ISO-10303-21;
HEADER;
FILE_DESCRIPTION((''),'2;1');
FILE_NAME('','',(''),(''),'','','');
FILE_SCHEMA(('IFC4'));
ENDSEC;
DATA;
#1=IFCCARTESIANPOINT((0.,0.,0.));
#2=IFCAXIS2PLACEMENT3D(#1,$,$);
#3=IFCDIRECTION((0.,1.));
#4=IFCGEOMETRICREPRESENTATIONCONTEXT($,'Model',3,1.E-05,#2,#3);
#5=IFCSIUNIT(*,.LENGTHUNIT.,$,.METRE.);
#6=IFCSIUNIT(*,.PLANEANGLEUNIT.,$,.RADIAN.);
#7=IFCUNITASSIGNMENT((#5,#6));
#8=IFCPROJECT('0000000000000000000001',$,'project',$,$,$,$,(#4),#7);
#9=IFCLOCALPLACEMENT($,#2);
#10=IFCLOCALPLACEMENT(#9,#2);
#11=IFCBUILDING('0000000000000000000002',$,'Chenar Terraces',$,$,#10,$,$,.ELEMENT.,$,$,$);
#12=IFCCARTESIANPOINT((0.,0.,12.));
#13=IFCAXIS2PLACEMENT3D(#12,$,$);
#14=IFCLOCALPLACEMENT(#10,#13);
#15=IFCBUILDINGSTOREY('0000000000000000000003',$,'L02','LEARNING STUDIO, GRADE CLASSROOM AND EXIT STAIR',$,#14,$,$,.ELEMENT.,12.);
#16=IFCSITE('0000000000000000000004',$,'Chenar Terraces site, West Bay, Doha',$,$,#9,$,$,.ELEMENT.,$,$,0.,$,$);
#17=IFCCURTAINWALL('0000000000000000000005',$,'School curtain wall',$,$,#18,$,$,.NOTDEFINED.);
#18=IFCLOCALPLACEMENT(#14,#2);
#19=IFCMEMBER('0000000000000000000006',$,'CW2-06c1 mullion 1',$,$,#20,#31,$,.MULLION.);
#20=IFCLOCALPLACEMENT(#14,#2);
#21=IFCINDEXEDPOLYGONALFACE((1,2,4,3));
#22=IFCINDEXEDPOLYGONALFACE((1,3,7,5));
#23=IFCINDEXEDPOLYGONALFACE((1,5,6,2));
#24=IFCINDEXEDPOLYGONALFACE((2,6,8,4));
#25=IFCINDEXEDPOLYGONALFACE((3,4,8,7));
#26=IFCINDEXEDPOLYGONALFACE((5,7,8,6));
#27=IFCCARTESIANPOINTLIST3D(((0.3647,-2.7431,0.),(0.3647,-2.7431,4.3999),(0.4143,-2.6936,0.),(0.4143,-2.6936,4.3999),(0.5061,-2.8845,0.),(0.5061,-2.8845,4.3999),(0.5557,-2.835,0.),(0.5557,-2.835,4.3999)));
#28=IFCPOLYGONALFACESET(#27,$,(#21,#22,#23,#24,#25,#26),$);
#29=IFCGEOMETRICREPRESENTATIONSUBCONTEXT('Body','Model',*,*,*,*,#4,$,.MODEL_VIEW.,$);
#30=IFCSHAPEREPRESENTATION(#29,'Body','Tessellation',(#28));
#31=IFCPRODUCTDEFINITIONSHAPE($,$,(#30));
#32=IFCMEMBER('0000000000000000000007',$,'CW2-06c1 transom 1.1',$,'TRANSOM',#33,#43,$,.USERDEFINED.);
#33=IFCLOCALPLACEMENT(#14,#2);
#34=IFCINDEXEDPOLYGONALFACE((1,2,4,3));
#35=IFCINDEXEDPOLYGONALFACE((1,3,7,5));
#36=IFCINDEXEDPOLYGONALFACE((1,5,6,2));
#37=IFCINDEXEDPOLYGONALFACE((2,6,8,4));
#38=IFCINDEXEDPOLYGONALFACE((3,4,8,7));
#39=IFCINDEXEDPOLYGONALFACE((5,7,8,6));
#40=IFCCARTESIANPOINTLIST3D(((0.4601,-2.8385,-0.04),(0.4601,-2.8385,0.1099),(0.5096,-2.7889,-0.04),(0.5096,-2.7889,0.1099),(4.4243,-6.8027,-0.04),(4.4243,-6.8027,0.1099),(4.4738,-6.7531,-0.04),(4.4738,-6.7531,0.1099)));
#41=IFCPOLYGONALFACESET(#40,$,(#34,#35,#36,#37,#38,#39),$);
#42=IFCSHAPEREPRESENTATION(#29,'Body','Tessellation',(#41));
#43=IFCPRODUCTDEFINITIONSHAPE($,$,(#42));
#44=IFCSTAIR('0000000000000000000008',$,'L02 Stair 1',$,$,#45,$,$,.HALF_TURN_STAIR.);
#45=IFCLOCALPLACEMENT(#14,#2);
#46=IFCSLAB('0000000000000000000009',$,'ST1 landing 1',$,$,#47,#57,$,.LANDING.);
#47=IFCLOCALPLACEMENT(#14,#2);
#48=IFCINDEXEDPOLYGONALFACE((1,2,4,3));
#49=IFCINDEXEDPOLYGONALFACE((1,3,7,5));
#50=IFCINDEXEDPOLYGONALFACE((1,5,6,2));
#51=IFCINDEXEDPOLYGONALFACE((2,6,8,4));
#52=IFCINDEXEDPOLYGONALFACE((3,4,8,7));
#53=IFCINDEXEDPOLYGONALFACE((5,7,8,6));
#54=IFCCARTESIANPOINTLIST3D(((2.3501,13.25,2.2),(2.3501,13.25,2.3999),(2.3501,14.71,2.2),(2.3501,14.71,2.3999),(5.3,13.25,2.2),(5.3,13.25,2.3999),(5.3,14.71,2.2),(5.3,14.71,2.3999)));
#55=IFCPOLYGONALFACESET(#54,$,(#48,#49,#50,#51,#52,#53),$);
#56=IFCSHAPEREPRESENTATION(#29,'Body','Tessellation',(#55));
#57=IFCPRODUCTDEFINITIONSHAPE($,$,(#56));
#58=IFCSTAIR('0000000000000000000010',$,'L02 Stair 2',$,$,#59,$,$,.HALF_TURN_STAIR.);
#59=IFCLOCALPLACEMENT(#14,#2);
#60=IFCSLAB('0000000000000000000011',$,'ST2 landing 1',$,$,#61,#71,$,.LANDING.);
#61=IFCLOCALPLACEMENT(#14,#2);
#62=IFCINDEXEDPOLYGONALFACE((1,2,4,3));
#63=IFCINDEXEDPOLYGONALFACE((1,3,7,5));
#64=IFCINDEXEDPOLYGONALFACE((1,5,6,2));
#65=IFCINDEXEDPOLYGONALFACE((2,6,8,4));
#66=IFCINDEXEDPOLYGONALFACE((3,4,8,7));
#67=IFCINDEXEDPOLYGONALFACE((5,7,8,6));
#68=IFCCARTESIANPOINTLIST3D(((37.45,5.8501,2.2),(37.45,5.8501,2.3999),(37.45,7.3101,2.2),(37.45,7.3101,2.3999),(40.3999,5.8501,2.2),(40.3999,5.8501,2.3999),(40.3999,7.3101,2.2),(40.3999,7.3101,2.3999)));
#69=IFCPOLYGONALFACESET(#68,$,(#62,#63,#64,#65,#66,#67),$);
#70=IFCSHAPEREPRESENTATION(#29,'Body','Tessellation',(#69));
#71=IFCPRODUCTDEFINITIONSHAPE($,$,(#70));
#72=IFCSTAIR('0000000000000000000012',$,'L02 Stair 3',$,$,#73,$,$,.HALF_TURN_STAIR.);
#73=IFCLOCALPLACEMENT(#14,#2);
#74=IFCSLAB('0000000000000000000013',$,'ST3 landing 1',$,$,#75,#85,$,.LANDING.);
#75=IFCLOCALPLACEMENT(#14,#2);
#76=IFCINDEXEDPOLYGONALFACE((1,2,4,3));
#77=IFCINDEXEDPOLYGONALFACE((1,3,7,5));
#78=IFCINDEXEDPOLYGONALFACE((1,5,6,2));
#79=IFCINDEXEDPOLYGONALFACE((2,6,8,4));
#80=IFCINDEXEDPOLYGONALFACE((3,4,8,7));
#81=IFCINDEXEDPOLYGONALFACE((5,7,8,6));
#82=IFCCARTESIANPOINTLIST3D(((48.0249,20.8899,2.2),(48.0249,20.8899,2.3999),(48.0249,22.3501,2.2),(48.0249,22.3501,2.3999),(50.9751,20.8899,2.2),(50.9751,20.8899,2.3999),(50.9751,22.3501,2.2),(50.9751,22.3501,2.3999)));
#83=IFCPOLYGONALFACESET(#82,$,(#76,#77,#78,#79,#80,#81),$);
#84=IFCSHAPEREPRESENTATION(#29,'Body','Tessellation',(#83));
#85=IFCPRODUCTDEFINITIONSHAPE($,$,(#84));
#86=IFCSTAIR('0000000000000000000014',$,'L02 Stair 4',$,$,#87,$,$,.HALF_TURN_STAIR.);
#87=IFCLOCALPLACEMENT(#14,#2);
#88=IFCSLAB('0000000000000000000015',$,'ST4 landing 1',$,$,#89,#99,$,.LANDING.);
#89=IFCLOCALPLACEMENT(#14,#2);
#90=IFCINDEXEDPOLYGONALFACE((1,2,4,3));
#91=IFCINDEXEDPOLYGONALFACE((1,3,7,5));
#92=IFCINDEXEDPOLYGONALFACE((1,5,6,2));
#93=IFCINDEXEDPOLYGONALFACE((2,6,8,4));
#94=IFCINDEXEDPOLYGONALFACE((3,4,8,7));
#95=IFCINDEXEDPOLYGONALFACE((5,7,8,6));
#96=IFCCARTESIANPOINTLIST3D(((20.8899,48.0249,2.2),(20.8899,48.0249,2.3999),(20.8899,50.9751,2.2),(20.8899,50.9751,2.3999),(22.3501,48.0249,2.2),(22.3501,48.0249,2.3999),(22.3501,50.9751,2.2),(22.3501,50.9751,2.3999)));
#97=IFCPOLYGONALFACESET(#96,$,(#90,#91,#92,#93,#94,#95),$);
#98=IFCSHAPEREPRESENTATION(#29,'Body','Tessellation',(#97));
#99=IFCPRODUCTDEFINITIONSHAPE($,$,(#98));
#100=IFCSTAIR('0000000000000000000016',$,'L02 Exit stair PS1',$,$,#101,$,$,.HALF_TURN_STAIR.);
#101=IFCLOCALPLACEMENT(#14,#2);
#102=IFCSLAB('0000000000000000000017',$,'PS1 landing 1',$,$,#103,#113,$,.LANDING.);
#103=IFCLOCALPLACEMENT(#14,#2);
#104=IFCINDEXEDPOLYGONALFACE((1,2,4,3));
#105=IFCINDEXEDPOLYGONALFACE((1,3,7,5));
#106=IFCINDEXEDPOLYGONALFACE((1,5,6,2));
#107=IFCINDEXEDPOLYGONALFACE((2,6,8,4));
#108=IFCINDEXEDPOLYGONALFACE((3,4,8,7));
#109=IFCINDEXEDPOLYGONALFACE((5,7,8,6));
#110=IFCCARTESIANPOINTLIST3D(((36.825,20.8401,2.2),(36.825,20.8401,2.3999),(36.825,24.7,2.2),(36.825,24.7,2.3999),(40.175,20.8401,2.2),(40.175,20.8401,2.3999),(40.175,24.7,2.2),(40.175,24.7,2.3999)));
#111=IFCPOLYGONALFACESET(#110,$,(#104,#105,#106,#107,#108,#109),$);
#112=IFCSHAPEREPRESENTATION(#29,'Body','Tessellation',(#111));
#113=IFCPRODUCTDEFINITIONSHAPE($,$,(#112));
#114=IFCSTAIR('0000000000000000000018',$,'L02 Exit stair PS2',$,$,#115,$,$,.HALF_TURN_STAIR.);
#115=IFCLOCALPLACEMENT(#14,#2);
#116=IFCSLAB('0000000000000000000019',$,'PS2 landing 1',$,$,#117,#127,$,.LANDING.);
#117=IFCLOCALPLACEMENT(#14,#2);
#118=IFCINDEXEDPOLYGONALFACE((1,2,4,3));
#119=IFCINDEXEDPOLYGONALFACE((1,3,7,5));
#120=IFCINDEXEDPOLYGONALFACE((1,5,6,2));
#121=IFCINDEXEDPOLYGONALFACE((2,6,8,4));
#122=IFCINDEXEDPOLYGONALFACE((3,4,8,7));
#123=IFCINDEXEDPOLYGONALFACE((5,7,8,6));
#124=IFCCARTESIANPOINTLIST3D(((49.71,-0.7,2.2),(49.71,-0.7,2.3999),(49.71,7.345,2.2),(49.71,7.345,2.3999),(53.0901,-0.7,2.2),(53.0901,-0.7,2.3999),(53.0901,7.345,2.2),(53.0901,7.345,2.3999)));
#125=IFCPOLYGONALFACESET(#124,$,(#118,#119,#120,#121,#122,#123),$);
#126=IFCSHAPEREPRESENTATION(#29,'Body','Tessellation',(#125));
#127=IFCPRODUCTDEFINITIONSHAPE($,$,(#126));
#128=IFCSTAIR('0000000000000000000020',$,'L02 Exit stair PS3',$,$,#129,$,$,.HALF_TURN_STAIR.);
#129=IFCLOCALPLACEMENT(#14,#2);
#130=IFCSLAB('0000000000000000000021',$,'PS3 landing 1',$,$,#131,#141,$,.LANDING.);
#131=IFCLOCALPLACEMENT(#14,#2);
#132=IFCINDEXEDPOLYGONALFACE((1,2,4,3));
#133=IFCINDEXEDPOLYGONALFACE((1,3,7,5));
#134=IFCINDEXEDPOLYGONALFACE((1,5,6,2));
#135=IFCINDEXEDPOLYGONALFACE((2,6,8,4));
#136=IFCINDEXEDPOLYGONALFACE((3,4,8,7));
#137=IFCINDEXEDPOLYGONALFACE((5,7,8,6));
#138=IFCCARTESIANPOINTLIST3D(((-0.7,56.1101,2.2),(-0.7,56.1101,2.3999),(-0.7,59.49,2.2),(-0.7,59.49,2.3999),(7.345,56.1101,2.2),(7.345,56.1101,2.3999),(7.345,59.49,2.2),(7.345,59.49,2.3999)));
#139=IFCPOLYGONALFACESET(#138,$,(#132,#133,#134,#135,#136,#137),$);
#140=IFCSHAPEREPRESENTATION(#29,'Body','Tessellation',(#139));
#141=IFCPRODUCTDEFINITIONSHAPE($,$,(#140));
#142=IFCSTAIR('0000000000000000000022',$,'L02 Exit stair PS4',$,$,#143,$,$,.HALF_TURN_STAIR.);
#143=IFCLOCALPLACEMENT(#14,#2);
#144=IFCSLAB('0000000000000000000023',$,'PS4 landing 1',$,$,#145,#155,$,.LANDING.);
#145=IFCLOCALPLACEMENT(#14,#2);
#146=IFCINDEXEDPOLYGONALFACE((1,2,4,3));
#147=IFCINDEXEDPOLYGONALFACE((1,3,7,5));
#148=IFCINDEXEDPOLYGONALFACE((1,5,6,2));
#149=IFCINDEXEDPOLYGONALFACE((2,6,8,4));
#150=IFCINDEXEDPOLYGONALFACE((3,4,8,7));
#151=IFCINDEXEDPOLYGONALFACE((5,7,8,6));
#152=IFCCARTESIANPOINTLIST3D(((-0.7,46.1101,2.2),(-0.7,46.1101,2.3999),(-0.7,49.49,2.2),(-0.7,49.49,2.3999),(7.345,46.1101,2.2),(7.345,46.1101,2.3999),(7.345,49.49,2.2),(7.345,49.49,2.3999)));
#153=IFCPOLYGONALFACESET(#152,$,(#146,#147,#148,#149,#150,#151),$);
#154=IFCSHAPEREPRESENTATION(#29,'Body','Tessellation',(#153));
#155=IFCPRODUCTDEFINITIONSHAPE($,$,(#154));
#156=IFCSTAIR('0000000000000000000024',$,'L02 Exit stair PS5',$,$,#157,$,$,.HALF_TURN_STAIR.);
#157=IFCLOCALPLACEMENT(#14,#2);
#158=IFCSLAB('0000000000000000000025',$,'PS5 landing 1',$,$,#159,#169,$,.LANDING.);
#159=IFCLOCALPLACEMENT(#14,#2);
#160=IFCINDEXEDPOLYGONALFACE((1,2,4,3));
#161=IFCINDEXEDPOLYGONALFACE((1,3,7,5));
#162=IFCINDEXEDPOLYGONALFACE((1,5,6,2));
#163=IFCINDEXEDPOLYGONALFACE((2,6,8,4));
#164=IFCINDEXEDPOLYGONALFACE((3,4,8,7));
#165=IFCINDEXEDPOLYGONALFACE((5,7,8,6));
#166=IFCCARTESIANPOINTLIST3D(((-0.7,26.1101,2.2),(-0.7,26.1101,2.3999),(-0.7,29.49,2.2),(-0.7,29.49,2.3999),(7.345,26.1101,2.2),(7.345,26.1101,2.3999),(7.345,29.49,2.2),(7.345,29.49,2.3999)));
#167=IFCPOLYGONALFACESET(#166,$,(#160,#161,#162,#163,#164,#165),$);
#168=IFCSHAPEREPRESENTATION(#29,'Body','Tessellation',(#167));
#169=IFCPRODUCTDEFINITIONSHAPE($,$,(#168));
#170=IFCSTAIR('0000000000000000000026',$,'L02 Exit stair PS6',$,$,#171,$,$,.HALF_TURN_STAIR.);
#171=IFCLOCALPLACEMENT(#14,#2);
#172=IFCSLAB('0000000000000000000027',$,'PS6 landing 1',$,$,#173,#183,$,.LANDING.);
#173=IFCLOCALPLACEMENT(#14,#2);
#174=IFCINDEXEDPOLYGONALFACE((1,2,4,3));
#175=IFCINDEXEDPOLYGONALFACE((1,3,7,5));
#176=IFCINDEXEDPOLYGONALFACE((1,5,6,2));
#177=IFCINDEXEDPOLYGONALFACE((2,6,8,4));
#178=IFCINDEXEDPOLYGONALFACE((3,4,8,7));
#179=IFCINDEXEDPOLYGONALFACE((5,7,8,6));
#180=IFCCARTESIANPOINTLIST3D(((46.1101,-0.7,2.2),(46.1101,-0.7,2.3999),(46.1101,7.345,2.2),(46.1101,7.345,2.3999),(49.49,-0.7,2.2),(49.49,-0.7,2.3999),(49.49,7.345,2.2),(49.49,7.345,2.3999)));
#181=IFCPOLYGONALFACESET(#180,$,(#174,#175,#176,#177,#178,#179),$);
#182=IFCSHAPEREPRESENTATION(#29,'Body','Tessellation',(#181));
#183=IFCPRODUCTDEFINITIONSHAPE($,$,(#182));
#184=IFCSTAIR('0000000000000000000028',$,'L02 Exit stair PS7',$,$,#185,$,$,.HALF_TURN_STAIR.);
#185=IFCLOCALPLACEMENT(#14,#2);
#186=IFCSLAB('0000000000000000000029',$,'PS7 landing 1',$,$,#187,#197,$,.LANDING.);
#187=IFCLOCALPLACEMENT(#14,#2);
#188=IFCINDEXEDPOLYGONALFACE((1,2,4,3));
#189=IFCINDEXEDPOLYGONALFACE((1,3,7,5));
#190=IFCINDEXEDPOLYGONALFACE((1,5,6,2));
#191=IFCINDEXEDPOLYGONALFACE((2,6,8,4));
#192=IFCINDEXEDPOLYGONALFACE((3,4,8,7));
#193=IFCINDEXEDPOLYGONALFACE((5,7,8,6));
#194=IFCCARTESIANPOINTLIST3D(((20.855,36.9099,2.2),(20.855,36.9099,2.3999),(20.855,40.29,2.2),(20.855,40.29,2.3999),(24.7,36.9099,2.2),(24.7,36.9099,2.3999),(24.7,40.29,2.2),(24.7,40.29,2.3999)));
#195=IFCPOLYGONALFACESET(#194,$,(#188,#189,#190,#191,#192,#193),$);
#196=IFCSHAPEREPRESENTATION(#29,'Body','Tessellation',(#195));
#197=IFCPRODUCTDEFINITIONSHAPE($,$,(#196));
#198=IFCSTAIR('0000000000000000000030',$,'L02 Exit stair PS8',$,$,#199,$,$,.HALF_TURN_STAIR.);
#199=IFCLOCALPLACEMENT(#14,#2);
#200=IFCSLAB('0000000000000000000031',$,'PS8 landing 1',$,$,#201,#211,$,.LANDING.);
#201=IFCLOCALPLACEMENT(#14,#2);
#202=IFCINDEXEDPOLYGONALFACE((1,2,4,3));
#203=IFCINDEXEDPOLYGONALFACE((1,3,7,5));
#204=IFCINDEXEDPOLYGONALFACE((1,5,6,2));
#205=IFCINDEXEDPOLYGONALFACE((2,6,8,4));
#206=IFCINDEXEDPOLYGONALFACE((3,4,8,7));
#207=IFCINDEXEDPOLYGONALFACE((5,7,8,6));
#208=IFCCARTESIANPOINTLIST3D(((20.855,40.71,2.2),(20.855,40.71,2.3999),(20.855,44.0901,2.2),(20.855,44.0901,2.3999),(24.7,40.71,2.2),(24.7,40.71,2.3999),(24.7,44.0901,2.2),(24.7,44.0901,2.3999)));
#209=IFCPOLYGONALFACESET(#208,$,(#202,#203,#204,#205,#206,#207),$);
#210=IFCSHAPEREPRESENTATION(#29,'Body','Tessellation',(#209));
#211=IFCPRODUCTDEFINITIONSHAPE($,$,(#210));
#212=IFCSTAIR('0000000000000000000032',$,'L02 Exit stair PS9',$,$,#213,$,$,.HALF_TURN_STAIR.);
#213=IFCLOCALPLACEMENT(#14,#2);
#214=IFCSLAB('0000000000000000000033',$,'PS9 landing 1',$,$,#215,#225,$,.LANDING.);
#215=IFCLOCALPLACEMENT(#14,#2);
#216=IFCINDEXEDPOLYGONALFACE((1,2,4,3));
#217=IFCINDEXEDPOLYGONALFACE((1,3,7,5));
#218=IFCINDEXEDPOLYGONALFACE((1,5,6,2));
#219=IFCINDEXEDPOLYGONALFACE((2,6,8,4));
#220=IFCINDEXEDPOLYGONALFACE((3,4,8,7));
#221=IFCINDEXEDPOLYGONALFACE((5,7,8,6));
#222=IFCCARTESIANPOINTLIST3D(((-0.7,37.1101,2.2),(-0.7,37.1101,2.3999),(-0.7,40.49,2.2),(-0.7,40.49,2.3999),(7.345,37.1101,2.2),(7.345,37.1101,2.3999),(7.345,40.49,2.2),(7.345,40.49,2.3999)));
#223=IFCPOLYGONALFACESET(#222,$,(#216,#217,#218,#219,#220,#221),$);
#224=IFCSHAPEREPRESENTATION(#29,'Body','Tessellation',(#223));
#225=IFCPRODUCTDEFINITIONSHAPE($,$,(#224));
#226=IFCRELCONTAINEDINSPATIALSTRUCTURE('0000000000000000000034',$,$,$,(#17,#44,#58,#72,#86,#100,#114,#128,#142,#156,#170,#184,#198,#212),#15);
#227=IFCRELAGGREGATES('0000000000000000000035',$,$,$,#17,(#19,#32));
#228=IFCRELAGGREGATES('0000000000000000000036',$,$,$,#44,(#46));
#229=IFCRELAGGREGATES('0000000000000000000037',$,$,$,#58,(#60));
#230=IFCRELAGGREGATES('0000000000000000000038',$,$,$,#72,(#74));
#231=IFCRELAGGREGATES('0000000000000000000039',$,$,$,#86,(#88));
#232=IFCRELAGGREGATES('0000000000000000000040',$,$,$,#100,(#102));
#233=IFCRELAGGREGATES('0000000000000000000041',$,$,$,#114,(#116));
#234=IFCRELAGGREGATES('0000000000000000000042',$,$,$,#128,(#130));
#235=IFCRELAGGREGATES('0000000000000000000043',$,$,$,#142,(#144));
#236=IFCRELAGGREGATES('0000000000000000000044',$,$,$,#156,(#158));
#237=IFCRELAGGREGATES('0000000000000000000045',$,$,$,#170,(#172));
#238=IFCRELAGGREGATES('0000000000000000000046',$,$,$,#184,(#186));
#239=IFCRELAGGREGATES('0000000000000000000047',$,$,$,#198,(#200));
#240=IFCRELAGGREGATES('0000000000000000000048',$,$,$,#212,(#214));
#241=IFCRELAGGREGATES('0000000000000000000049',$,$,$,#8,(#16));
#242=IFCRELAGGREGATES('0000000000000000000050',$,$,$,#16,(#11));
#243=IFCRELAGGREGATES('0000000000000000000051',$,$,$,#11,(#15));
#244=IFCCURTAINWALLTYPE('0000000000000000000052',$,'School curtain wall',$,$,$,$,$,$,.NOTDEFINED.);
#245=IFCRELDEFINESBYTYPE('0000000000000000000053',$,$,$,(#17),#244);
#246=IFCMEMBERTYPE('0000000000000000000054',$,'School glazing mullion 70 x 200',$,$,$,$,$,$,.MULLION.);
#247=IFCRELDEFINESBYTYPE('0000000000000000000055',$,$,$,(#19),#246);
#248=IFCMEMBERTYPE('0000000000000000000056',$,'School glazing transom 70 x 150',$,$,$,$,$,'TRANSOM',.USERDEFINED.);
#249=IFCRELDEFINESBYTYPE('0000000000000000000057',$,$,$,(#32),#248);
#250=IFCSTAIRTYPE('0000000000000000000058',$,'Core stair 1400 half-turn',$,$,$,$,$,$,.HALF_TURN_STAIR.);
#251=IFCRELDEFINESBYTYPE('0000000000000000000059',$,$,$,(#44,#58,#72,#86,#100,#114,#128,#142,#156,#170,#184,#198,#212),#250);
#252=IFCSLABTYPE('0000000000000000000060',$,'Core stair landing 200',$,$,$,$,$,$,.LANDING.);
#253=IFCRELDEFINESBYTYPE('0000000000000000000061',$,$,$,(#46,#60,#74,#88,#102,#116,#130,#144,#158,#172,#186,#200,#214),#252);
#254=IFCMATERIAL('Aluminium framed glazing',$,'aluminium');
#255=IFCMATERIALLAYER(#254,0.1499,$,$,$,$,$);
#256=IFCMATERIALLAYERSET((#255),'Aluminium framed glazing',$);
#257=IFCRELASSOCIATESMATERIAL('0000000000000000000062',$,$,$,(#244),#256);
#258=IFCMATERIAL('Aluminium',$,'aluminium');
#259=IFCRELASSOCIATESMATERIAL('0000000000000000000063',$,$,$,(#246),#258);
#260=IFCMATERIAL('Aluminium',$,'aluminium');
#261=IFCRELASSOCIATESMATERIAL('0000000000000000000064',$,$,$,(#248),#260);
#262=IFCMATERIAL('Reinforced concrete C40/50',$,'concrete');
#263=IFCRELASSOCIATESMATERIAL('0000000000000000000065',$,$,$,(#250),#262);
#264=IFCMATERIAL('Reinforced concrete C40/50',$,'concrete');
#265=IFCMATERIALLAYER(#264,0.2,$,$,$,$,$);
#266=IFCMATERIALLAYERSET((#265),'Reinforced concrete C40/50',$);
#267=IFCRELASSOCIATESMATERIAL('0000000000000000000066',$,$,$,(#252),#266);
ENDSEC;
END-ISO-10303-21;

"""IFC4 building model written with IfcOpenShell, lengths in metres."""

from ifc_helpers import new_model, si_unit, direction, frame, origin, origin_2d, place, context, subcontext, project, spatial, polyline, rectangle, outline, extrude, material, layer, layer_set, material_profile, profile_set, type_object, element, aggregate, save


model = new_model("IFC4")

# Units and contexts
model_context = context("Model", 3, precision=1e-05, world=origin(), true_north=direction((0.0, 1.0)))
body_context = subcontext(model_context, "Body", "Model", "MODEL_VIEW")
ifc_project = project(units=[si_unit("LENGTHUNIT", "METRE"), si_unit("PLANEANGLEUNIT", "RADIAN")], contexts=[model_context])

# Site, building, storey
site_placement = place(None, origin())
site = spatial("IfcSite", under=ifc_project, at=site_placement, Name="Chenar Terraces site, West Bay, Doha", CompositionType="ELEMENT", RefElevation=0.0)
building_placement = place(site_placement, origin())
building = spatial("IfcBuilding", under=site, at=building_placement, Name="Chenar Terraces", CompositionType="ELEMENT")
storey_placement = place(building_placement, frame((0.0, 0.0, 12.0)))
storey = spatial("IfcBuildingStorey", under=building, at=storey_placement, Name="L02", Description="LEARNING STUDIO, GRADE CLASSROOM AND EXIT STAIR", CompositionType="ELEMENT", Elevation=12.0)

# Curtain wall, members
ifc_material_1 = material(Name="Aluminium framed glazing", Category="aluminium")
ifc_layer_1 = layer(ifc_material_1, 0.1499)
ifc_layer_set_1 = layer_set([ifc_layer_1], Name="Aluminium framed glazing")
curtain_wall_type = type_object("IfcCurtainWallType", Name="School curtain wall", PredefinedType="NOTDEFINED", material=ifc_layer_set_1)
placement_1 = place(storey_placement, origin())
curtain_wall = element("IfcCurtainWall", 1, at=placement_1, inside=storey, type_object=curtain_wall_type, Name="School curtain wall", PredefinedType="NOTDEFINED")
ifc_material_2 = material(Name="Aluminium", Category="aluminium")
ifc_material_profile_1 = material_profile(ifc_material_2, rectangle(XDim=0.0701, YDim=0.2, at=origin_2d()), Name="School glazing mullion 70 x 200")
ifc_profile_set_1 = profile_set([ifc_material_profile_1], Name="Aluminium")
member_type_1 = type_object("IfcMemberType", Name="School glazing mullion 70 x 200", PredefinedType="MULLION", material=ifc_profile_set_1)
member_1_placement = place(storey_placement, frame((0.4602, -2.7891, 0.0), z_axis=(0.0, 0.0, 1.0), x_axis=(0.707107, 0.707107, 0.0)))
member_1 = element("IfcMember", 2, at=member_1_placement, type_object=member_type_1, Name="CW2-06c1 mullion 1", PredefinedType="MULLION", context=body_context, shape_type="SweptSolid", body=[
    extrude(rectangle(XDim=0.0701, YDim=0.2, at=origin_2d()), origin(), (0.0, 0.0, 1.0), 4.3999),
])
ifc_material_3 = material(Name="Aluminium", Category="aluminium")
ifc_material_profile_2 = material_profile(ifc_material_3, rectangle(XDim=0.0701, YDim=0.1499, at=origin_2d()), Name="School glazing transom 70 x 150")
ifc_profile_set_2 = profile_set([ifc_material_profile_2], Name="Aluminium")
member_type_2 = type_object("IfcMemberType", Name="School glazing transom 70 x 150", ElementType="TRANSOM", PredefinedType="USERDEFINED", material=ifc_profile_set_2)
member_2_placement = place(storey_placement, frame((0.4849, -2.8137, 0.0349), z_axis=(0.707107, -0.707107, 0.0), x_axis=(0.707107, 0.707107, 0.0)))
member_2 = element("IfcMember", 3, at=member_2_placement, type_object=member_type_2, Name="CW2-06c1 transom 1.1", ObjectType="TRANSOM", PredefinedType="USERDEFINED", context=body_context, shape_type="SweptSolid", body=[
    extrude(rectangle(XDim=0.0701, YDim=0.1499, at=origin_2d()), origin(), (0.0, 0.0, 1.0), 5.6062),
])
aggregate(curtain_wall, [member_1, member_2])

# Stairs, slabs
ifc_material_4 = material(Name="Reinforced concrete C40/50", Category="concrete")
stair_type = type_object("IfcStairType", Name="Core stair 1400 half-turn", PredefinedType="HALF_TURN_STAIR", material=ifc_material_4)
stair_1 = element("IfcStair", 4, at=placement_1, inside=storey, type_object=stair_type, Name="L02 Stair 1", PredefinedType="HALF_TURN_STAIR")
ifc_material_5 = material(Name="Reinforced concrete C40/50", Category="concrete")
ifc_layer_2 = layer(ifc_material_5, 0.2)
ifc_layer_set_2 = layer_set([ifc_layer_2], Name="Reinforced concrete C40/50")
slab_type_1 = type_object("IfcSlabType", Name="Core stair landing 200", PredefinedType="LANDING", material=ifc_layer_set_2)
placement_2 = place(storey_placement, frame((0.0, 0.0, 2.2)))
slab_1 = element("IfcSlab", 5, at=placement_2, type_object=slab_type_1, Name="ST1 landing 1", PredefinedType="LANDING", context=body_context, shape_type="SweptSolid", body=[
    extrude(outline(polyline([(2.3501, 14.71), (2.3501, 13.25), (5.3, 13.25), (5.3, 14.71), (2.3501, 14.71)])), origin(), (0.0, 0.0, 1.0), 0.2),
])
aggregate(stair_1, [slab_1])
stair_2 = element("IfcStair", 6, at=placement_1, inside=storey, type_object=stair_type, Name="L02 Stair 2", PredefinedType="HALF_TURN_STAIR")
slab_2 = element("IfcSlab", 7, at=placement_2, type_object=slab_type_1, Name="ST2 landing 1", PredefinedType="LANDING", context=body_context, shape_type="SweptSolid", body=[
    extrude(outline(polyline([(37.45, 7.3101), (37.45, 5.8501), (40.3999, 5.8501), (40.3999, 7.3101), (37.45, 7.3101)])), origin(), (0.0, 0.0, 1.0), 0.2),
])
aggregate(stair_2, [slab_2])
stair_3 = element("IfcStair", 8, at=placement_1, inside=storey, type_object=stair_type, Name="L02 Stair 3", PredefinedType="HALF_TURN_STAIR")
slab_3 = element("IfcSlab", 9, at=placement_2, type_object=slab_type_1, Name="ST3 landing 1", PredefinedType="LANDING", context=body_context, shape_type="SweptSolid", body=[
    extrude(outline(polyline([(50.9751, 20.8899), (50.9751, 22.3501), (48.0249, 22.3501), (48.0249, 20.8899), (50.9751, 20.8899)])), origin(), (0.0, 0.0, 1.0), 0.2),
])
aggregate(stair_3, [slab_3])
stair_4 = element("IfcStair", 10, at=placement_1, inside=storey, type_object=stair_type, Name="L02 Stair 4", PredefinedType="HALF_TURN_STAIR")
slab_4 = element("IfcSlab", 11, at=placement_2, type_object=slab_type_1, Name="ST4 landing 1", PredefinedType="LANDING", context=body_context, shape_type="SweptSolid", body=[
    extrude(outline(polyline([(20.8899, 48.0249), (22.3501, 48.0249), (22.3501, 50.9751), (20.8899, 50.9751), (20.8899, 48.0249)])), origin(), (0.0, 0.0, 1.0), 0.2),
])
aggregate(stair_4, [slab_4])
stair_5 = element("IfcStair", 12, at=placement_1, inside=storey, type_object=stair_type, Name="L02 Exit stair PS1", PredefinedType="HALF_TURN_STAIR")
slab_5 = element("IfcSlab", 13, at=placement_2, type_object=slab_type_1, Name="PS1 landing 1", PredefinedType="LANDING", context=body_context, shape_type="SweptSolid", body=[
    extrude(outline(polyline([(40.175, 20.8401), (40.175, 24.7), (36.825, 24.7), (36.825, 20.8401), (40.175, 20.8401)])), origin(), (0.0, 0.0, 1.0), 0.2),
])
aggregate(stair_5, [slab_5])
stair_6 = element("IfcStair", 14, at=placement_1, inside=storey, type_object=stair_type, Name="L02 Exit stair PS2", PredefinedType="HALF_TURN_STAIR")
slab_6 = element("IfcSlab", 15, at=placement_2, type_object=slab_type_1, Name="PS2 landing 1", PredefinedType="LANDING", context=body_context, shape_type="SweptSolid", body=[
    extrude(outline(polyline([(49.71, 7.345), (49.71, -0.7), (53.0901, -0.7), (53.0901, 7.345), (49.71, 7.345)])), origin(), (0.0, 0.0, 1.0), 0.2),
])
aggregate(stair_6, [slab_6])
stair_7 = element("IfcStair", 16, at=placement_1, inside=storey, type_object=stair_type, Name="L02 Exit stair PS3", PredefinedType="HALF_TURN_STAIR")
slab_7 = element("IfcSlab", 17, at=placement_2, type_object=slab_type_1, Name="PS3 landing 1", PredefinedType="LANDING", context=body_context, shape_type="SweptSolid", body=[
    extrude(outline(polyline([(7.345, 59.49), (-0.7, 59.49), (-0.7, 56.1101), (7.345, 56.1101), (7.345, 59.49)])), origin(), (0.0, 0.0, 1.0), 0.2),
])
aggregate(stair_7, [slab_7])
stair_8 = element("IfcStair", 18, at=placement_1, inside=storey, type_object=stair_type, Name="L02 Exit stair PS4", PredefinedType="HALF_TURN_STAIR")
slab_8 = element("IfcSlab", 19, at=placement_2, type_object=slab_type_1, Name="PS4 landing 1", PredefinedType="LANDING", context=body_context, shape_type="SweptSolid", body=[
    extrude(outline(polyline([(7.345, 49.49), (-0.7, 49.49), (-0.7, 46.1101), (7.345, 46.1101), (7.345, 49.49)])), origin(), (0.0, 0.0, 1.0), 0.2),
])
aggregate(stair_8, [slab_8])
stair_9 = element("IfcStair", 20, at=placement_1, inside=storey, type_object=stair_type, Name="L02 Exit stair PS5", PredefinedType="HALF_TURN_STAIR")
slab_9 = element("IfcSlab", 21, at=placement_2, type_object=slab_type_1, Name="PS5 landing 1", PredefinedType="LANDING", context=body_context, shape_type="SweptSolid", body=[
    extrude(outline(polyline([(7.345, 29.49), (-0.7, 29.49), (-0.7, 26.1101), (7.345, 26.1101), (7.345, 29.49)])), origin(), (0.0, 0.0, 1.0), 0.2),
])
aggregate(stair_9, [slab_9])
stair_10 = element("IfcStair", 22, at=placement_1, inside=storey, type_object=stair_type, Name="L02 Exit stair PS6", PredefinedType="HALF_TURN_STAIR")
slab_10 = element("IfcSlab", 23, at=placement_2, type_object=slab_type_1, Name="PS6 landing 1", PredefinedType="LANDING", context=body_context, shape_type="SweptSolid", body=[
    extrude(outline(polyline([(46.1101, 7.345), (46.1101, -0.7), (49.49, -0.7), (49.49, 7.345), (46.1101, 7.345)])), origin(), (0.0, 0.0, 1.0), 0.2),
])
aggregate(stair_10, [slab_10])
stair_11 = element("IfcStair", 24, at=placement_1, inside=storey, type_object=stair_type, Name="L02 Exit stair PS7", PredefinedType="HALF_TURN_STAIR")
slab_11 = element("IfcSlab", 25, at=placement_2, type_object=slab_type_1, Name="PS7 landing 1", PredefinedType="LANDING", context=body_context, shape_type="SweptSolid", body=[
    extrude(outline(polyline([(20.855, 36.9099), (24.7, 36.9099), (24.7, 40.29), (20.855, 40.29), (20.855, 36.9099)])), origin(), (0.0, 0.0, 1.0), 0.2),
])
aggregate(stair_11, [slab_11])
stair_12 = element("IfcStair", 26, at=placement_1, inside=storey, type_object=stair_type, Name="L02 Exit stair PS8", PredefinedType="HALF_TURN_STAIR")
slab_12 = element("IfcSlab", 27, at=placement_2, type_object=slab_type_1, Name="PS8 landing 1", PredefinedType="LANDING", context=body_context, shape_type="SweptSolid", body=[
    extrude(outline(polyline([(20.855, 40.71), (24.7, 40.71), (24.7, 44.0901), (20.855, 44.0901), (20.855, 40.71)])), origin(), (0.0, 0.0, 1.0), 0.2),
])
aggregate(stair_12, [slab_12])
stair_13 = element("IfcStair", 28, at=placement_1, inside=storey, type_object=stair_type, Name="L02 Exit stair PS9", PredefinedType="HALF_TURN_STAIR")
slab_13 = element("IfcSlab", 29, at=placement_2, type_object=slab_type_1, Name="PS9 landing 1", PredefinedType="LANDING", context=body_context, shape_type="SweptSolid", body=[
    extrude(outline(polyline([(7.345, 40.49), (-0.7, 40.49), (-0.7, 37.1101), (7.345, 37.1101), (7.345, 40.49)])), origin(), (0.0, 0.0, 1.0), 0.2),
])
aggregate(stair_13, [slab_13])

save(model, "model.ifc")
